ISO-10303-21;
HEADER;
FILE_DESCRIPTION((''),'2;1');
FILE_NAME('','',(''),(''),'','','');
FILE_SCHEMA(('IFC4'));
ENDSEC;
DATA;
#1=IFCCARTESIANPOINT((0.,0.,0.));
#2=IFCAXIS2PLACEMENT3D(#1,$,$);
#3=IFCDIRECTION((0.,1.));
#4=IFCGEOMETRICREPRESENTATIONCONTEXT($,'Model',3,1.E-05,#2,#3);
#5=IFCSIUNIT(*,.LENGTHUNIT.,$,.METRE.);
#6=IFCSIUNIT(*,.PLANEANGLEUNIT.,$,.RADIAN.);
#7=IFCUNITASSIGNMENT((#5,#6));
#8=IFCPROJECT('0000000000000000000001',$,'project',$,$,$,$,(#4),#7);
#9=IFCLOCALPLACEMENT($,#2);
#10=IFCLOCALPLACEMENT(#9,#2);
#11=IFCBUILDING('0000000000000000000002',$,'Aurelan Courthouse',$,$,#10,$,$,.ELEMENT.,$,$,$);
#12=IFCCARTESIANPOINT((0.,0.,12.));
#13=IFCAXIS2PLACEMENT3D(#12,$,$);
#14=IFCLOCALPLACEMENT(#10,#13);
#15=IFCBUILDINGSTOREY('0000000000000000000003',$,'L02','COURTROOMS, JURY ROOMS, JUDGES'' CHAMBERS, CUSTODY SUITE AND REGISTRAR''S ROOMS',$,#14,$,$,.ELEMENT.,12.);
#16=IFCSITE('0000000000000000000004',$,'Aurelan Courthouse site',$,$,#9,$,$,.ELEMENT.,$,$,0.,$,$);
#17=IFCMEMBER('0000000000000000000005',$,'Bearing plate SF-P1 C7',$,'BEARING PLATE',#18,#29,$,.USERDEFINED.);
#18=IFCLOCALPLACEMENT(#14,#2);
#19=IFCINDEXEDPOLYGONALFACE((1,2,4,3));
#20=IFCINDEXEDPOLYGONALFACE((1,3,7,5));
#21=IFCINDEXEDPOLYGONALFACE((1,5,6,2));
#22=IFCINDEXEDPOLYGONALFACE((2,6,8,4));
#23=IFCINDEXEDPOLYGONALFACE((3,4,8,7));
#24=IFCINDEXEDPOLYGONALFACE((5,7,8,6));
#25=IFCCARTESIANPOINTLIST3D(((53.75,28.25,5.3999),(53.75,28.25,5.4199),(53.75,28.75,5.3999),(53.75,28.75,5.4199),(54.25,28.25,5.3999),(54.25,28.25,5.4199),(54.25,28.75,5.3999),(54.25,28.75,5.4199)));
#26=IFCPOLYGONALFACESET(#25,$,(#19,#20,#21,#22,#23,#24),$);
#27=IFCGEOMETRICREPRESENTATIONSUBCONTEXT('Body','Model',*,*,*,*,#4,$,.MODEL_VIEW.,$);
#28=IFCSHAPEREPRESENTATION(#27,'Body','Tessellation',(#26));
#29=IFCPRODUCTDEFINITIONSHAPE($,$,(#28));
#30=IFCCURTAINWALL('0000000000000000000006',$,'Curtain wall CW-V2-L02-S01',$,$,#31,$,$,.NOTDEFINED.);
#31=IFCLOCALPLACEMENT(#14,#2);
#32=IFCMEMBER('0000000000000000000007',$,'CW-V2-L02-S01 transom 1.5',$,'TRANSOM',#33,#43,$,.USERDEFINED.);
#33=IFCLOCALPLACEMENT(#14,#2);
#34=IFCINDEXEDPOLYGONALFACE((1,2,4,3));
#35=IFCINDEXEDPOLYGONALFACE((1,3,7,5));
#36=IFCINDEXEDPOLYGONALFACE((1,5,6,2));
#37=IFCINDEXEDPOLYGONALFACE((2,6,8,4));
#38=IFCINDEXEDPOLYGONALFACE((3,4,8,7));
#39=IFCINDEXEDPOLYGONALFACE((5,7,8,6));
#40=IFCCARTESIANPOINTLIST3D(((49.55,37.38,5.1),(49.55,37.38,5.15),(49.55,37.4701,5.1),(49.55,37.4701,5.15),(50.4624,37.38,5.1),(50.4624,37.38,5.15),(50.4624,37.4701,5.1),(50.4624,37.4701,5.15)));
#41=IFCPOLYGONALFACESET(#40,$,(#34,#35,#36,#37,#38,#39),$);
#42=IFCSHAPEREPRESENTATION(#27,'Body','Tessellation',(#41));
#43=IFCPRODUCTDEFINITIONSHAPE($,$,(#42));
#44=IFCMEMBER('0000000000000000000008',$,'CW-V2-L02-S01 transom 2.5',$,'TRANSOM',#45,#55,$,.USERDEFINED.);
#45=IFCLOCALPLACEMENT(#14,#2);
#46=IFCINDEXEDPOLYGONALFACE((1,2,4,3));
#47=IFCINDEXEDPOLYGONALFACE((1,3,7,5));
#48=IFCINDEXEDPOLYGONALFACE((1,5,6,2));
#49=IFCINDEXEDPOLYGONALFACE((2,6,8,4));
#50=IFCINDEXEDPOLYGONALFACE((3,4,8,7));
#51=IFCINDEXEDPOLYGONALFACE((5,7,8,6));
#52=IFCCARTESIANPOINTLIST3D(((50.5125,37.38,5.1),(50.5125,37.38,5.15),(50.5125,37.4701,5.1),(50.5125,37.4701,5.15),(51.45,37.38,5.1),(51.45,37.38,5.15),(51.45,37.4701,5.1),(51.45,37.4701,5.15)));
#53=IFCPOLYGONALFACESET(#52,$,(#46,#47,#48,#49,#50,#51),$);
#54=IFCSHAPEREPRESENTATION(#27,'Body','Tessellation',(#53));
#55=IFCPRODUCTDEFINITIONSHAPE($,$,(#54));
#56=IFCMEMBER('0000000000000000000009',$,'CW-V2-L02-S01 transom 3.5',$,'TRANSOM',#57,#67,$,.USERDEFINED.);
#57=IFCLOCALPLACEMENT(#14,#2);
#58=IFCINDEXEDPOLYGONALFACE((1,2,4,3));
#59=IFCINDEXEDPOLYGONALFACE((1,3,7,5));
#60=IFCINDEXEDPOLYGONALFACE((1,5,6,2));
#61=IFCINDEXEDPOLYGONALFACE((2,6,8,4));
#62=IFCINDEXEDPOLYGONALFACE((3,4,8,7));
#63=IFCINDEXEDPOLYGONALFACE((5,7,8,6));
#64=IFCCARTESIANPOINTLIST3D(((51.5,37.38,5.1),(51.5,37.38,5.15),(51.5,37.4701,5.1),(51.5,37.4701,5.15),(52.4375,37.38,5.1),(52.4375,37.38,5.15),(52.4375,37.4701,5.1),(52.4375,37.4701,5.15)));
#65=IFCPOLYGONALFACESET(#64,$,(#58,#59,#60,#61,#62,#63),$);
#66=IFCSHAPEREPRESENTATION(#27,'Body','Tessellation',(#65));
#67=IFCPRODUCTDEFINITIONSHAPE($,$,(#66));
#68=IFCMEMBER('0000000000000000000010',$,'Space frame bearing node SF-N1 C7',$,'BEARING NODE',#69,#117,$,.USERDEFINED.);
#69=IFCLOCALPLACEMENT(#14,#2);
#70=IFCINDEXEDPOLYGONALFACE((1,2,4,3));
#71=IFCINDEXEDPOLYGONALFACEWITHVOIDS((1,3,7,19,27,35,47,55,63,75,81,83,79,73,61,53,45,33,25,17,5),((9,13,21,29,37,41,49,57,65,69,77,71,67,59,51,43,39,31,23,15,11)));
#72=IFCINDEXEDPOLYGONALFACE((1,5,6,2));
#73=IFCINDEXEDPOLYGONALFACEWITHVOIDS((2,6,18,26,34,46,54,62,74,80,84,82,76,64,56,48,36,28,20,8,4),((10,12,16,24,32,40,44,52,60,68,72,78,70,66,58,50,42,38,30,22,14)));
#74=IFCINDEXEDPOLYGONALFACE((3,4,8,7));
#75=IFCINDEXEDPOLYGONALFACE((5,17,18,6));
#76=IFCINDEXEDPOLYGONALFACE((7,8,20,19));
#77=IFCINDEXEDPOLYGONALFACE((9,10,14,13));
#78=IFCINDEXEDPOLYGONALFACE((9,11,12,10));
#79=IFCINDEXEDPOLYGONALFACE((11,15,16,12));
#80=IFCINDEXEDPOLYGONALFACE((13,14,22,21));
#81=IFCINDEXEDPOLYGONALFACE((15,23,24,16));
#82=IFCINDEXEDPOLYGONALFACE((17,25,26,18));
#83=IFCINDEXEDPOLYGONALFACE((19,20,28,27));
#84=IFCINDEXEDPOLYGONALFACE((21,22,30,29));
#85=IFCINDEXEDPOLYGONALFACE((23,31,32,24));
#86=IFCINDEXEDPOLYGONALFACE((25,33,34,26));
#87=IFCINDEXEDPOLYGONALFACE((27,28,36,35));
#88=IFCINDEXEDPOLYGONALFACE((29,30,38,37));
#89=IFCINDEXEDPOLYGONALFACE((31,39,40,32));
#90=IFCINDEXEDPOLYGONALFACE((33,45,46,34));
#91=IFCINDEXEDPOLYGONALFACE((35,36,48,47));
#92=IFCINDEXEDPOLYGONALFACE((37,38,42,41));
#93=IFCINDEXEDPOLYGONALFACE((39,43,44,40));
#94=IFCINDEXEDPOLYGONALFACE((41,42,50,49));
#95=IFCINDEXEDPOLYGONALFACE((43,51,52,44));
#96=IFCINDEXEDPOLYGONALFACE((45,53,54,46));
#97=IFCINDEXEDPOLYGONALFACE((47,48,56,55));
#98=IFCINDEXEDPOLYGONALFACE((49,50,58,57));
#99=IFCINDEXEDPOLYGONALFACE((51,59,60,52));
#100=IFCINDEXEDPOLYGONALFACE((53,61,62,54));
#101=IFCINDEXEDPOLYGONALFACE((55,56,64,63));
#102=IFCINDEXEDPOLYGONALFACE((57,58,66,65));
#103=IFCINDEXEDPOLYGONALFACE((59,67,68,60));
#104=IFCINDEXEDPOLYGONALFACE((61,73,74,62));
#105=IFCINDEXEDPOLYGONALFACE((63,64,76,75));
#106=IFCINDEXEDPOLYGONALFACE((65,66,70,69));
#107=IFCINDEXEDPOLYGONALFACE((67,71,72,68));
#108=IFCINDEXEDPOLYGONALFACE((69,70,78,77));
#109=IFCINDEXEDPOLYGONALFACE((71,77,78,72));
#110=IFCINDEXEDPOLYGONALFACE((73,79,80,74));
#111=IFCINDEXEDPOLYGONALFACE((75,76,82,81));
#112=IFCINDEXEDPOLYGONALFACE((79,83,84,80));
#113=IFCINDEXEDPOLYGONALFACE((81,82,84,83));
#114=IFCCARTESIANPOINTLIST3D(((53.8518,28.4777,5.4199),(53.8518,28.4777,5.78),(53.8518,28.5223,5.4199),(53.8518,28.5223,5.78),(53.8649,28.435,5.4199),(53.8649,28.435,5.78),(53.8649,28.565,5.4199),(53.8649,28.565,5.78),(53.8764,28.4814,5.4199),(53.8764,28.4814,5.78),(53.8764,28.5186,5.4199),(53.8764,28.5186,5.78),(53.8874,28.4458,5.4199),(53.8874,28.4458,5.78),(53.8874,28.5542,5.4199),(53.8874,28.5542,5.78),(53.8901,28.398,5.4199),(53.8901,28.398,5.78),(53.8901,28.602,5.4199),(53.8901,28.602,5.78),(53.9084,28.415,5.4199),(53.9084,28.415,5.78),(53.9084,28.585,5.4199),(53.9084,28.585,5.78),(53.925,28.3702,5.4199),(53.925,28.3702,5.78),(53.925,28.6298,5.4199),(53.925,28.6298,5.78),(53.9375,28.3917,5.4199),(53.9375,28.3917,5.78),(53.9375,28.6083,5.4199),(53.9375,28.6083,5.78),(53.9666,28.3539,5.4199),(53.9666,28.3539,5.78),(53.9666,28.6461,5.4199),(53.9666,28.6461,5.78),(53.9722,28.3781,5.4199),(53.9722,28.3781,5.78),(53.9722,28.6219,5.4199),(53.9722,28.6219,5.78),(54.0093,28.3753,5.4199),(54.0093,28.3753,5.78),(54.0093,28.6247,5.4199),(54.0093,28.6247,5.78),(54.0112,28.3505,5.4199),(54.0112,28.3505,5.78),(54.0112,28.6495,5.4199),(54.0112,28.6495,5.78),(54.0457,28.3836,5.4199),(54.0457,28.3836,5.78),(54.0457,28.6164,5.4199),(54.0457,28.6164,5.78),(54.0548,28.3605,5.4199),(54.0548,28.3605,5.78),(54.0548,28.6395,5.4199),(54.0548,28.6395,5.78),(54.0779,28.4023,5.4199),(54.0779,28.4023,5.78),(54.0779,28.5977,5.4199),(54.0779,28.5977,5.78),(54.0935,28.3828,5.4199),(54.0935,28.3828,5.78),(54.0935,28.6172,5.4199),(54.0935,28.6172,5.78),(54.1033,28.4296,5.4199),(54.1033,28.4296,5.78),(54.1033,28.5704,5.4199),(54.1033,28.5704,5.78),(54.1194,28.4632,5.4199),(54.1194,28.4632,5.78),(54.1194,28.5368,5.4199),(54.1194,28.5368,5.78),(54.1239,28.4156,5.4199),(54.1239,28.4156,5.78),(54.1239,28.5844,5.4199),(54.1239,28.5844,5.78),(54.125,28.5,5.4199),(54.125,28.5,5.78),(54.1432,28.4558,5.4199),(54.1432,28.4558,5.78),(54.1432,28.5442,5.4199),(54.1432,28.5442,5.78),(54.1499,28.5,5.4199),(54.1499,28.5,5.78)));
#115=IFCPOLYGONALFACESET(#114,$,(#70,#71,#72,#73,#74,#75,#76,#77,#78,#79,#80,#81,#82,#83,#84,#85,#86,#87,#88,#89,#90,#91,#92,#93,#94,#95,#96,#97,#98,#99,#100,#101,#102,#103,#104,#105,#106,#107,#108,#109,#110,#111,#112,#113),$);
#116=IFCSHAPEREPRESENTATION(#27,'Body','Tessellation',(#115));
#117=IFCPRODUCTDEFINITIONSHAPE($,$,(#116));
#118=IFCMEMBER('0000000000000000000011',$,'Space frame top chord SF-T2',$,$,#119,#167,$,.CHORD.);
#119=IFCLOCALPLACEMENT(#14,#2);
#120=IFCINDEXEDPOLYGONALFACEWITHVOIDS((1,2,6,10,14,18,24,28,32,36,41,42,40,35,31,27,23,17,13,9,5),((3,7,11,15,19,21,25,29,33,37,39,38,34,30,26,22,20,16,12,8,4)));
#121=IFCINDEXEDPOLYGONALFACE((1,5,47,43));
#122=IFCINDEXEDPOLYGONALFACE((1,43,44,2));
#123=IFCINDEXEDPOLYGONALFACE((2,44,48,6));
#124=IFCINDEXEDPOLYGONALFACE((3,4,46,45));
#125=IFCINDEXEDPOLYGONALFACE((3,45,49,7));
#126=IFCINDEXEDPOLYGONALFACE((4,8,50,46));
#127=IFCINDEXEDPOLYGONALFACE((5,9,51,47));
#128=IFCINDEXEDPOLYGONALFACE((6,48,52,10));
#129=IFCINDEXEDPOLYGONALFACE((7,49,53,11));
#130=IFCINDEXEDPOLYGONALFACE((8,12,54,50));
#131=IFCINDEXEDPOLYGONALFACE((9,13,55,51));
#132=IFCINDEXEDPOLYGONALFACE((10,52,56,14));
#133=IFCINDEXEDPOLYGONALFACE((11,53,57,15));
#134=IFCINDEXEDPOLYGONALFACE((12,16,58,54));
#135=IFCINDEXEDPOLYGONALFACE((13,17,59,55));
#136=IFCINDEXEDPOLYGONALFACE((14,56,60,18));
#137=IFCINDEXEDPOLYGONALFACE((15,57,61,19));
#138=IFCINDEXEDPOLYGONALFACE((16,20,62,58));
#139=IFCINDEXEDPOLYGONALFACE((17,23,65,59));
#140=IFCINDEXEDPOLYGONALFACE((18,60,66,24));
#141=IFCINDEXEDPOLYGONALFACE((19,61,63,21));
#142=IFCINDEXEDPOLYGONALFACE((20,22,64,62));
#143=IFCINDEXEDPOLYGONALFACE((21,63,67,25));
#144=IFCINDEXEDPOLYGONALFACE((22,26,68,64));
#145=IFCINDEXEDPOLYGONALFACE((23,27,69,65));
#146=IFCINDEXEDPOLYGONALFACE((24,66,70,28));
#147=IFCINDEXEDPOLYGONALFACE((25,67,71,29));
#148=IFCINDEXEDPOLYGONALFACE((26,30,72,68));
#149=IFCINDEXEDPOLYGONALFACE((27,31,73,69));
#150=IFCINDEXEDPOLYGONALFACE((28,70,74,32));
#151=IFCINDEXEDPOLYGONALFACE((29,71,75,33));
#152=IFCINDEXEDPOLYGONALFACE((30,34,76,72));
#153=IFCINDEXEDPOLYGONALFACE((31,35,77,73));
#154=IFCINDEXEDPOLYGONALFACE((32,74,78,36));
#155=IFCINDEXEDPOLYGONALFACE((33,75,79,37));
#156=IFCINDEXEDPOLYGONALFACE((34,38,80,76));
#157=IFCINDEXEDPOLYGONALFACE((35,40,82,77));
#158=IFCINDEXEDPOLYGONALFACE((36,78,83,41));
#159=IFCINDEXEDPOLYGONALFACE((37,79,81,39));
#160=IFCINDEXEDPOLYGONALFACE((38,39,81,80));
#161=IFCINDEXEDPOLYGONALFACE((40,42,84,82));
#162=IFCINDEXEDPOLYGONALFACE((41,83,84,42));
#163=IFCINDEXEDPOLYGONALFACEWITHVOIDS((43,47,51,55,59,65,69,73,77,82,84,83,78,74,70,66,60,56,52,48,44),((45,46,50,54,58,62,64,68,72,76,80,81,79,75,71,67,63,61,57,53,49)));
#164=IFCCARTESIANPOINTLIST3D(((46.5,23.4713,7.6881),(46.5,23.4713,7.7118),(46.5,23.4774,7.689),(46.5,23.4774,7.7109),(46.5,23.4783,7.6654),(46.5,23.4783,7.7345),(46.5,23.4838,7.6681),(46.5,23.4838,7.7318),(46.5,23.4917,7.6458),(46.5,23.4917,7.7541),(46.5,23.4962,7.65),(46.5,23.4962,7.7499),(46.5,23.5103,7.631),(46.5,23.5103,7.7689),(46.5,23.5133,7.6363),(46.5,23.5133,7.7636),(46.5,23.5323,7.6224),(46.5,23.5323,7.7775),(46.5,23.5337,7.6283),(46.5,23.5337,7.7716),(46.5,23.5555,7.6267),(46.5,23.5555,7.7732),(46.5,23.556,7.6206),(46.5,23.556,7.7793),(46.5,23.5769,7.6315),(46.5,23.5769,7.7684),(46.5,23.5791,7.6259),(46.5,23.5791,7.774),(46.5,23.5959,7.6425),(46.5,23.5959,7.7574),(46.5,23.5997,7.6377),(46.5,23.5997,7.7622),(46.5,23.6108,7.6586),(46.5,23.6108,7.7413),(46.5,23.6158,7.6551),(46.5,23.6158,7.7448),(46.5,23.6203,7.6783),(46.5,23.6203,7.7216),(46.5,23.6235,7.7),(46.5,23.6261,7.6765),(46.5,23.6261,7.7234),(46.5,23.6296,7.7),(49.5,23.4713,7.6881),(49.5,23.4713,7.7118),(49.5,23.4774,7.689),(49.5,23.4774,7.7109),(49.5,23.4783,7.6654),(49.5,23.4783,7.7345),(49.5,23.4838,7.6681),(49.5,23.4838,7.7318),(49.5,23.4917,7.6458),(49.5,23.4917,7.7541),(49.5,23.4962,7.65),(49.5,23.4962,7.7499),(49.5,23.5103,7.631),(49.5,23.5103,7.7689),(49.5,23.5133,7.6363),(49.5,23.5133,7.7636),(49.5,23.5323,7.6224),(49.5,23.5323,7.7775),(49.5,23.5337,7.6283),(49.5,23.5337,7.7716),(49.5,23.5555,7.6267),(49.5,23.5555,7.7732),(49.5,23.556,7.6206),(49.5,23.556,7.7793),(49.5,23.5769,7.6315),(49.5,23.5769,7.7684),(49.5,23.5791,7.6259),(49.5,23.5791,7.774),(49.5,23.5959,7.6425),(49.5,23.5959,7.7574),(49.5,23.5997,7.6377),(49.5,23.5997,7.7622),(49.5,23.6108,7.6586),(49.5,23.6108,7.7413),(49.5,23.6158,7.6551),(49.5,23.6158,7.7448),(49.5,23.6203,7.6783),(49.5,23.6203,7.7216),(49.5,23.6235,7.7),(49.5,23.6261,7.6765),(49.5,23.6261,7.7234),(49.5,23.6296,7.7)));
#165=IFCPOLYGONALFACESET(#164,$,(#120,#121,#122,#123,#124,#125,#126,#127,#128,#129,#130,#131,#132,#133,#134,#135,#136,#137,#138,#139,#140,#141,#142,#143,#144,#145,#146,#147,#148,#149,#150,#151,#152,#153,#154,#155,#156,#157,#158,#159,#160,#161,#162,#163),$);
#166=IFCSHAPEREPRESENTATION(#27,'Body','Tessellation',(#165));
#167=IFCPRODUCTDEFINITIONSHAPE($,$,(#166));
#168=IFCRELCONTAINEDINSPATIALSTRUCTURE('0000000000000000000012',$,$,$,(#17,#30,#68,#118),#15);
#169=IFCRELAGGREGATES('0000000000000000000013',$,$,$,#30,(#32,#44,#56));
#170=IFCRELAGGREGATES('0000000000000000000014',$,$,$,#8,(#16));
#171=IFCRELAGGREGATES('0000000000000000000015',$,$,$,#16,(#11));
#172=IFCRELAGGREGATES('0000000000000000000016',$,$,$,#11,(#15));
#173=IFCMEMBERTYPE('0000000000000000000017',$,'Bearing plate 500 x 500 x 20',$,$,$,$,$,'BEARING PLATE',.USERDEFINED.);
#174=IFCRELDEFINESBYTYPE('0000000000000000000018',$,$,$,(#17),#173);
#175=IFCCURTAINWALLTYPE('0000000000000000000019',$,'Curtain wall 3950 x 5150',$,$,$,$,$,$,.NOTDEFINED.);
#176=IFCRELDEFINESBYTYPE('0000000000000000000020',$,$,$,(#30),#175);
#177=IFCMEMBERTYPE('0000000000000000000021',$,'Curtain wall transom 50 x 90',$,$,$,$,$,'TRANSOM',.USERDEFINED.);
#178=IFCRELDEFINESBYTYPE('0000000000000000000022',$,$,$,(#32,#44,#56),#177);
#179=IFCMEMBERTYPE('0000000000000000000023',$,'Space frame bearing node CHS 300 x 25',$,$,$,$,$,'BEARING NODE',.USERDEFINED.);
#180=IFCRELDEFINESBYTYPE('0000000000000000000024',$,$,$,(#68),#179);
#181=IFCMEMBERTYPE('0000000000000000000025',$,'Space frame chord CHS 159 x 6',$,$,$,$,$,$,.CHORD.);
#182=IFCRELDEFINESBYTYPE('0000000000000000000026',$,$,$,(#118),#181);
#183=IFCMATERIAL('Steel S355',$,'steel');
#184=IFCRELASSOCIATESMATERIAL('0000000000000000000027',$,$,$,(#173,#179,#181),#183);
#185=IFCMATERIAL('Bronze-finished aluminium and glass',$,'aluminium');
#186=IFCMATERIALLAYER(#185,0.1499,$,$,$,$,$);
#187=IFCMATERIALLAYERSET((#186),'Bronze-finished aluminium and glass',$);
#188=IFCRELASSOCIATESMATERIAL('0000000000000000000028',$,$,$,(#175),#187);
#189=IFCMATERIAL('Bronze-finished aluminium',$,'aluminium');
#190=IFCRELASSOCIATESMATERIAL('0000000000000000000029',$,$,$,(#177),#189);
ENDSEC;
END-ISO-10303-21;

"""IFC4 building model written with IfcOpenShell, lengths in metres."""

from ifc_helpers import new_model, si_unit, direction, frame, origin, origin_2d, place, context, subcontext, project, spatial, rectangle, hollow_circle, extrude, material, layer, layer_set, material_profile, profile_set, type_object, element, aggregate, save


model = new_model("IFC4")

# Units and contexts
model_context = context("Model", 3, precision=1e-05, world=origin(), true_north=direction((0.0, 1.0)))
body_context = subcontext(model_context, "Body", "Model", "MODEL_VIEW")
ifc_project = project(units=[si_unit("LENGTHUNIT", "METRE"), si_unit("PLANEANGLEUNIT", "RADIAN")], contexts=[model_context])

# Site, building, storey
site_placement = place(None, origin())
site = spatial("IfcSite", under=ifc_project, at=site_placement, Name="Aurelan Courthouse site", CompositionType="ELEMENT", RefElevation=0.0)
building_placement = place(site_placement, origin())
building = spatial("IfcBuilding", under=site, at=building_placement, Name="Aurelan Courthouse", CompositionType="ELEMENT")
storey_placement = place(building_placement, frame((0.0, 0.0, 12.0)))
storey = spatial("IfcBuildingStorey", under=building, at=storey_placement, Name="L02", Description="COURTROOMS, JURY ROOMS, JUDGES' CHAMBERS, CUSTODY SUITE AND REGISTRAR'S ROOMS", CompositionType="ELEMENT", Elevation=12.0)

# Member
ifc_material_1 = material(Name="Steel S355", Category="steel")
ifc_material_profile_1 = material_profile(ifc_material_1, rectangle(XDim=0.5, YDim=0.5, at=origin_2d()), Name="PL 500 x 500")
ifc_profile_set_1 = profile_set([ifc_material_profile_1], Name="Steel S355")
member_type_1 = type_object("IfcMemberType", Name="Bearing plate 500 x 500 x 20", ElementType="BEARING PLATE", PredefinedType="USERDEFINED", material=ifc_profile_set_1)
member_1_placement = place(storey_placement, frame((54.0, 28.5, 5.3999), z_axis=(0.0, 0.0, 1.0), x_axis=(1.0, 0.0, 0.0)))
element("IfcMember", 1, at=member_1_placement, inside=storey, type_object=member_type_1, Name="Bearing plate SF-P1 C7", ObjectType="BEARING PLATE", PredefinedType="USERDEFINED", context=body_context, shape_type="SweptSolid", body=[
    extrude(rectangle(XDim=0.5, YDim=0.5, at=origin_2d()), origin(), (0.0, 0.0, 1.0), 0.02),
])

# Curtain wall, members
ifc_material_2 = material(Name="Bronze-finished aluminium and glass", Category="aluminium")
ifc_layer_1 = layer(ifc_material_2, 0.1499)
ifc_layer_set_1 = layer_set([ifc_layer_1], Name="Bronze-finished aluminium and glass")
curtain_wall_type = type_object("IfcCurtainWallType", Name="Curtain wall 3950 x 5150", PredefinedType="NOTDEFINED", material=ifc_layer_set_1)
curtain_wall_placement = place(storey_placement, origin())
curtain_wall = element("IfcCurtainWall", 2, at=curtain_wall_placement, inside=storey, type_object=curtain_wall_type, Name="Curtain wall CW-V2-L02-S01", PredefinedType="NOTDEFINED")
ifc_material_3 = material(Name="Bronze-finished aluminium", Category="aluminium")
ifc_material_profile_2 = material_profile(ifc_material_3, rectangle(XDim=0.0901, YDim=0.05, at=origin_2d()), Name="Bronze transom 50 x 90")
ifc_profile_set_2 = profile_set([ifc_material_profile_2], Name="Bronze-finished aluminium")
member_type_2 = type_object("IfcMemberType", Name="Curtain wall transom 50 x 90", ElementType="TRANSOM", PredefinedType="USERDEFINED", material=ifc_profile_set_2)
member_2_placement = place(storey_placement, frame((49.55, 37.425, 5.125), z_axis=(1.0, 0.0, 0.0), x_axis=(0.0, 1.0, 0.0)))
member_2 = element("IfcMember", 3, at=member_2_placement, type_object=member_type_2, Name="CW-V2-L02-S01 transom 1.5", ObjectType="TRANSOM", PredefinedType="USERDEFINED", context=body_context, shape_type="SweptSolid", body=[
    extrude(rectangle(XDim=0.0901, YDim=0.05, at=origin_2d()), origin(), (0.0, 0.0, 1.0), 0.9124),
])
member_3_placement = place(storey_placement, frame((50.5125, 37.425, 5.125), z_axis=(1.0, 0.0, 0.0), x_axis=(0.0, 1.0, 0.0)))
member_3 = element("IfcMember", 4, at=member_3_placement, type_object=member_type_2, Name="CW-V2-L02-S01 transom 2.5", ObjectType="TRANSOM", PredefinedType="USERDEFINED", context=body_context, shape_type="SweptSolid", body=[
    extrude(rectangle(XDim=0.0901, YDim=0.05, at=origin_2d()), origin(), (0.0, 0.0, 1.0), 0.9375),
])
member_4_placement = place(storey_placement, frame((51.5, 37.425, 5.125), z_axis=(1.0, 0.0, 0.0), x_axis=(0.0, 1.0, 0.0)))
member_4 = element("IfcMember", 5, at=member_4_placement, type_object=member_type_2, Name="CW-V2-L02-S01 transom 3.5", ObjectType="TRANSOM", PredefinedType="USERDEFINED", context=body_context, shape_type="SweptSolid", body=[
    extrude(rectangle(XDim=0.0901, YDim=0.05, at=origin_2d()), origin(), (0.0, 0.0, 1.0), 0.9375),
])

# Members
ifc_material_profile_3 = material_profile(ifc_material_1, hollow_circle(Radius=0.1499, WallThickness=0.0249, at=origin_2d()), Name="CHS 300 x 25")
ifc_profile_set_3 = profile_set([ifc_material_profile_3], Name="Steel S355")
member_type_3 = type_object("IfcMemberType", Name="Space frame bearing node CHS 300 x 25", ElementType="BEARING NODE", PredefinedType="USERDEFINED", material=ifc_profile_set_3)
member_5_placement = place(storey_placement, frame((54.0, 28.5, 5.4199), z_axis=(0.0, 0.0, 1.0), x_axis=(1.0, 0.0, 0.0)))
element("IfcMember", 6, at=member_5_placement, inside=storey, type_object=member_type_3, Name="Space frame bearing node SF-N1 C7", ObjectType="BEARING NODE", PredefinedType="USERDEFINED", context=body_context, shape_type="SweptSolid", body=[
    extrude(hollow_circle(Radius=0.1499, WallThickness=0.0249, at=origin_2d()), origin(), (0.0, 0.0, 1.0), 0.3601),
])
ifc_material_profile_4 = material_profile(ifc_material_1, hollow_circle(Radius=0.0796, WallThickness=0.0061, at=origin_2d()), Name="CHS 159 x 6")
ifc_profile_set_4 = profile_set([ifc_material_profile_4], Name="Steel S355")
member_type_4 = type_object("IfcMemberType", Name="Space frame chord CHS 159 x 6", PredefinedType="CHORD", material=ifc_profile_set_4)
member_6_placement = place(storey_placement, frame((46.5, 23.55, 7.7), z_axis=(1.0, 0.0, 0.0), x_axis=(0.0, 1.0, 0.0)))
element("IfcMember", 7, at=member_6_placement, inside=storey, type_object=member_type_4, Name="Space frame top chord SF-T2", PredefinedType="CHORD", context=body_context, shape_type="SweptSolid", body=[
    extrude(hollow_circle(Radius=0.0796, WallThickness=0.0061, at=origin_2d()), origin(), (0.0, 0.0, 1.0), 3.0),
])

aggregate(curtain_wall, [member_2, member_3, member_4])

save(model, "model.ifc")
